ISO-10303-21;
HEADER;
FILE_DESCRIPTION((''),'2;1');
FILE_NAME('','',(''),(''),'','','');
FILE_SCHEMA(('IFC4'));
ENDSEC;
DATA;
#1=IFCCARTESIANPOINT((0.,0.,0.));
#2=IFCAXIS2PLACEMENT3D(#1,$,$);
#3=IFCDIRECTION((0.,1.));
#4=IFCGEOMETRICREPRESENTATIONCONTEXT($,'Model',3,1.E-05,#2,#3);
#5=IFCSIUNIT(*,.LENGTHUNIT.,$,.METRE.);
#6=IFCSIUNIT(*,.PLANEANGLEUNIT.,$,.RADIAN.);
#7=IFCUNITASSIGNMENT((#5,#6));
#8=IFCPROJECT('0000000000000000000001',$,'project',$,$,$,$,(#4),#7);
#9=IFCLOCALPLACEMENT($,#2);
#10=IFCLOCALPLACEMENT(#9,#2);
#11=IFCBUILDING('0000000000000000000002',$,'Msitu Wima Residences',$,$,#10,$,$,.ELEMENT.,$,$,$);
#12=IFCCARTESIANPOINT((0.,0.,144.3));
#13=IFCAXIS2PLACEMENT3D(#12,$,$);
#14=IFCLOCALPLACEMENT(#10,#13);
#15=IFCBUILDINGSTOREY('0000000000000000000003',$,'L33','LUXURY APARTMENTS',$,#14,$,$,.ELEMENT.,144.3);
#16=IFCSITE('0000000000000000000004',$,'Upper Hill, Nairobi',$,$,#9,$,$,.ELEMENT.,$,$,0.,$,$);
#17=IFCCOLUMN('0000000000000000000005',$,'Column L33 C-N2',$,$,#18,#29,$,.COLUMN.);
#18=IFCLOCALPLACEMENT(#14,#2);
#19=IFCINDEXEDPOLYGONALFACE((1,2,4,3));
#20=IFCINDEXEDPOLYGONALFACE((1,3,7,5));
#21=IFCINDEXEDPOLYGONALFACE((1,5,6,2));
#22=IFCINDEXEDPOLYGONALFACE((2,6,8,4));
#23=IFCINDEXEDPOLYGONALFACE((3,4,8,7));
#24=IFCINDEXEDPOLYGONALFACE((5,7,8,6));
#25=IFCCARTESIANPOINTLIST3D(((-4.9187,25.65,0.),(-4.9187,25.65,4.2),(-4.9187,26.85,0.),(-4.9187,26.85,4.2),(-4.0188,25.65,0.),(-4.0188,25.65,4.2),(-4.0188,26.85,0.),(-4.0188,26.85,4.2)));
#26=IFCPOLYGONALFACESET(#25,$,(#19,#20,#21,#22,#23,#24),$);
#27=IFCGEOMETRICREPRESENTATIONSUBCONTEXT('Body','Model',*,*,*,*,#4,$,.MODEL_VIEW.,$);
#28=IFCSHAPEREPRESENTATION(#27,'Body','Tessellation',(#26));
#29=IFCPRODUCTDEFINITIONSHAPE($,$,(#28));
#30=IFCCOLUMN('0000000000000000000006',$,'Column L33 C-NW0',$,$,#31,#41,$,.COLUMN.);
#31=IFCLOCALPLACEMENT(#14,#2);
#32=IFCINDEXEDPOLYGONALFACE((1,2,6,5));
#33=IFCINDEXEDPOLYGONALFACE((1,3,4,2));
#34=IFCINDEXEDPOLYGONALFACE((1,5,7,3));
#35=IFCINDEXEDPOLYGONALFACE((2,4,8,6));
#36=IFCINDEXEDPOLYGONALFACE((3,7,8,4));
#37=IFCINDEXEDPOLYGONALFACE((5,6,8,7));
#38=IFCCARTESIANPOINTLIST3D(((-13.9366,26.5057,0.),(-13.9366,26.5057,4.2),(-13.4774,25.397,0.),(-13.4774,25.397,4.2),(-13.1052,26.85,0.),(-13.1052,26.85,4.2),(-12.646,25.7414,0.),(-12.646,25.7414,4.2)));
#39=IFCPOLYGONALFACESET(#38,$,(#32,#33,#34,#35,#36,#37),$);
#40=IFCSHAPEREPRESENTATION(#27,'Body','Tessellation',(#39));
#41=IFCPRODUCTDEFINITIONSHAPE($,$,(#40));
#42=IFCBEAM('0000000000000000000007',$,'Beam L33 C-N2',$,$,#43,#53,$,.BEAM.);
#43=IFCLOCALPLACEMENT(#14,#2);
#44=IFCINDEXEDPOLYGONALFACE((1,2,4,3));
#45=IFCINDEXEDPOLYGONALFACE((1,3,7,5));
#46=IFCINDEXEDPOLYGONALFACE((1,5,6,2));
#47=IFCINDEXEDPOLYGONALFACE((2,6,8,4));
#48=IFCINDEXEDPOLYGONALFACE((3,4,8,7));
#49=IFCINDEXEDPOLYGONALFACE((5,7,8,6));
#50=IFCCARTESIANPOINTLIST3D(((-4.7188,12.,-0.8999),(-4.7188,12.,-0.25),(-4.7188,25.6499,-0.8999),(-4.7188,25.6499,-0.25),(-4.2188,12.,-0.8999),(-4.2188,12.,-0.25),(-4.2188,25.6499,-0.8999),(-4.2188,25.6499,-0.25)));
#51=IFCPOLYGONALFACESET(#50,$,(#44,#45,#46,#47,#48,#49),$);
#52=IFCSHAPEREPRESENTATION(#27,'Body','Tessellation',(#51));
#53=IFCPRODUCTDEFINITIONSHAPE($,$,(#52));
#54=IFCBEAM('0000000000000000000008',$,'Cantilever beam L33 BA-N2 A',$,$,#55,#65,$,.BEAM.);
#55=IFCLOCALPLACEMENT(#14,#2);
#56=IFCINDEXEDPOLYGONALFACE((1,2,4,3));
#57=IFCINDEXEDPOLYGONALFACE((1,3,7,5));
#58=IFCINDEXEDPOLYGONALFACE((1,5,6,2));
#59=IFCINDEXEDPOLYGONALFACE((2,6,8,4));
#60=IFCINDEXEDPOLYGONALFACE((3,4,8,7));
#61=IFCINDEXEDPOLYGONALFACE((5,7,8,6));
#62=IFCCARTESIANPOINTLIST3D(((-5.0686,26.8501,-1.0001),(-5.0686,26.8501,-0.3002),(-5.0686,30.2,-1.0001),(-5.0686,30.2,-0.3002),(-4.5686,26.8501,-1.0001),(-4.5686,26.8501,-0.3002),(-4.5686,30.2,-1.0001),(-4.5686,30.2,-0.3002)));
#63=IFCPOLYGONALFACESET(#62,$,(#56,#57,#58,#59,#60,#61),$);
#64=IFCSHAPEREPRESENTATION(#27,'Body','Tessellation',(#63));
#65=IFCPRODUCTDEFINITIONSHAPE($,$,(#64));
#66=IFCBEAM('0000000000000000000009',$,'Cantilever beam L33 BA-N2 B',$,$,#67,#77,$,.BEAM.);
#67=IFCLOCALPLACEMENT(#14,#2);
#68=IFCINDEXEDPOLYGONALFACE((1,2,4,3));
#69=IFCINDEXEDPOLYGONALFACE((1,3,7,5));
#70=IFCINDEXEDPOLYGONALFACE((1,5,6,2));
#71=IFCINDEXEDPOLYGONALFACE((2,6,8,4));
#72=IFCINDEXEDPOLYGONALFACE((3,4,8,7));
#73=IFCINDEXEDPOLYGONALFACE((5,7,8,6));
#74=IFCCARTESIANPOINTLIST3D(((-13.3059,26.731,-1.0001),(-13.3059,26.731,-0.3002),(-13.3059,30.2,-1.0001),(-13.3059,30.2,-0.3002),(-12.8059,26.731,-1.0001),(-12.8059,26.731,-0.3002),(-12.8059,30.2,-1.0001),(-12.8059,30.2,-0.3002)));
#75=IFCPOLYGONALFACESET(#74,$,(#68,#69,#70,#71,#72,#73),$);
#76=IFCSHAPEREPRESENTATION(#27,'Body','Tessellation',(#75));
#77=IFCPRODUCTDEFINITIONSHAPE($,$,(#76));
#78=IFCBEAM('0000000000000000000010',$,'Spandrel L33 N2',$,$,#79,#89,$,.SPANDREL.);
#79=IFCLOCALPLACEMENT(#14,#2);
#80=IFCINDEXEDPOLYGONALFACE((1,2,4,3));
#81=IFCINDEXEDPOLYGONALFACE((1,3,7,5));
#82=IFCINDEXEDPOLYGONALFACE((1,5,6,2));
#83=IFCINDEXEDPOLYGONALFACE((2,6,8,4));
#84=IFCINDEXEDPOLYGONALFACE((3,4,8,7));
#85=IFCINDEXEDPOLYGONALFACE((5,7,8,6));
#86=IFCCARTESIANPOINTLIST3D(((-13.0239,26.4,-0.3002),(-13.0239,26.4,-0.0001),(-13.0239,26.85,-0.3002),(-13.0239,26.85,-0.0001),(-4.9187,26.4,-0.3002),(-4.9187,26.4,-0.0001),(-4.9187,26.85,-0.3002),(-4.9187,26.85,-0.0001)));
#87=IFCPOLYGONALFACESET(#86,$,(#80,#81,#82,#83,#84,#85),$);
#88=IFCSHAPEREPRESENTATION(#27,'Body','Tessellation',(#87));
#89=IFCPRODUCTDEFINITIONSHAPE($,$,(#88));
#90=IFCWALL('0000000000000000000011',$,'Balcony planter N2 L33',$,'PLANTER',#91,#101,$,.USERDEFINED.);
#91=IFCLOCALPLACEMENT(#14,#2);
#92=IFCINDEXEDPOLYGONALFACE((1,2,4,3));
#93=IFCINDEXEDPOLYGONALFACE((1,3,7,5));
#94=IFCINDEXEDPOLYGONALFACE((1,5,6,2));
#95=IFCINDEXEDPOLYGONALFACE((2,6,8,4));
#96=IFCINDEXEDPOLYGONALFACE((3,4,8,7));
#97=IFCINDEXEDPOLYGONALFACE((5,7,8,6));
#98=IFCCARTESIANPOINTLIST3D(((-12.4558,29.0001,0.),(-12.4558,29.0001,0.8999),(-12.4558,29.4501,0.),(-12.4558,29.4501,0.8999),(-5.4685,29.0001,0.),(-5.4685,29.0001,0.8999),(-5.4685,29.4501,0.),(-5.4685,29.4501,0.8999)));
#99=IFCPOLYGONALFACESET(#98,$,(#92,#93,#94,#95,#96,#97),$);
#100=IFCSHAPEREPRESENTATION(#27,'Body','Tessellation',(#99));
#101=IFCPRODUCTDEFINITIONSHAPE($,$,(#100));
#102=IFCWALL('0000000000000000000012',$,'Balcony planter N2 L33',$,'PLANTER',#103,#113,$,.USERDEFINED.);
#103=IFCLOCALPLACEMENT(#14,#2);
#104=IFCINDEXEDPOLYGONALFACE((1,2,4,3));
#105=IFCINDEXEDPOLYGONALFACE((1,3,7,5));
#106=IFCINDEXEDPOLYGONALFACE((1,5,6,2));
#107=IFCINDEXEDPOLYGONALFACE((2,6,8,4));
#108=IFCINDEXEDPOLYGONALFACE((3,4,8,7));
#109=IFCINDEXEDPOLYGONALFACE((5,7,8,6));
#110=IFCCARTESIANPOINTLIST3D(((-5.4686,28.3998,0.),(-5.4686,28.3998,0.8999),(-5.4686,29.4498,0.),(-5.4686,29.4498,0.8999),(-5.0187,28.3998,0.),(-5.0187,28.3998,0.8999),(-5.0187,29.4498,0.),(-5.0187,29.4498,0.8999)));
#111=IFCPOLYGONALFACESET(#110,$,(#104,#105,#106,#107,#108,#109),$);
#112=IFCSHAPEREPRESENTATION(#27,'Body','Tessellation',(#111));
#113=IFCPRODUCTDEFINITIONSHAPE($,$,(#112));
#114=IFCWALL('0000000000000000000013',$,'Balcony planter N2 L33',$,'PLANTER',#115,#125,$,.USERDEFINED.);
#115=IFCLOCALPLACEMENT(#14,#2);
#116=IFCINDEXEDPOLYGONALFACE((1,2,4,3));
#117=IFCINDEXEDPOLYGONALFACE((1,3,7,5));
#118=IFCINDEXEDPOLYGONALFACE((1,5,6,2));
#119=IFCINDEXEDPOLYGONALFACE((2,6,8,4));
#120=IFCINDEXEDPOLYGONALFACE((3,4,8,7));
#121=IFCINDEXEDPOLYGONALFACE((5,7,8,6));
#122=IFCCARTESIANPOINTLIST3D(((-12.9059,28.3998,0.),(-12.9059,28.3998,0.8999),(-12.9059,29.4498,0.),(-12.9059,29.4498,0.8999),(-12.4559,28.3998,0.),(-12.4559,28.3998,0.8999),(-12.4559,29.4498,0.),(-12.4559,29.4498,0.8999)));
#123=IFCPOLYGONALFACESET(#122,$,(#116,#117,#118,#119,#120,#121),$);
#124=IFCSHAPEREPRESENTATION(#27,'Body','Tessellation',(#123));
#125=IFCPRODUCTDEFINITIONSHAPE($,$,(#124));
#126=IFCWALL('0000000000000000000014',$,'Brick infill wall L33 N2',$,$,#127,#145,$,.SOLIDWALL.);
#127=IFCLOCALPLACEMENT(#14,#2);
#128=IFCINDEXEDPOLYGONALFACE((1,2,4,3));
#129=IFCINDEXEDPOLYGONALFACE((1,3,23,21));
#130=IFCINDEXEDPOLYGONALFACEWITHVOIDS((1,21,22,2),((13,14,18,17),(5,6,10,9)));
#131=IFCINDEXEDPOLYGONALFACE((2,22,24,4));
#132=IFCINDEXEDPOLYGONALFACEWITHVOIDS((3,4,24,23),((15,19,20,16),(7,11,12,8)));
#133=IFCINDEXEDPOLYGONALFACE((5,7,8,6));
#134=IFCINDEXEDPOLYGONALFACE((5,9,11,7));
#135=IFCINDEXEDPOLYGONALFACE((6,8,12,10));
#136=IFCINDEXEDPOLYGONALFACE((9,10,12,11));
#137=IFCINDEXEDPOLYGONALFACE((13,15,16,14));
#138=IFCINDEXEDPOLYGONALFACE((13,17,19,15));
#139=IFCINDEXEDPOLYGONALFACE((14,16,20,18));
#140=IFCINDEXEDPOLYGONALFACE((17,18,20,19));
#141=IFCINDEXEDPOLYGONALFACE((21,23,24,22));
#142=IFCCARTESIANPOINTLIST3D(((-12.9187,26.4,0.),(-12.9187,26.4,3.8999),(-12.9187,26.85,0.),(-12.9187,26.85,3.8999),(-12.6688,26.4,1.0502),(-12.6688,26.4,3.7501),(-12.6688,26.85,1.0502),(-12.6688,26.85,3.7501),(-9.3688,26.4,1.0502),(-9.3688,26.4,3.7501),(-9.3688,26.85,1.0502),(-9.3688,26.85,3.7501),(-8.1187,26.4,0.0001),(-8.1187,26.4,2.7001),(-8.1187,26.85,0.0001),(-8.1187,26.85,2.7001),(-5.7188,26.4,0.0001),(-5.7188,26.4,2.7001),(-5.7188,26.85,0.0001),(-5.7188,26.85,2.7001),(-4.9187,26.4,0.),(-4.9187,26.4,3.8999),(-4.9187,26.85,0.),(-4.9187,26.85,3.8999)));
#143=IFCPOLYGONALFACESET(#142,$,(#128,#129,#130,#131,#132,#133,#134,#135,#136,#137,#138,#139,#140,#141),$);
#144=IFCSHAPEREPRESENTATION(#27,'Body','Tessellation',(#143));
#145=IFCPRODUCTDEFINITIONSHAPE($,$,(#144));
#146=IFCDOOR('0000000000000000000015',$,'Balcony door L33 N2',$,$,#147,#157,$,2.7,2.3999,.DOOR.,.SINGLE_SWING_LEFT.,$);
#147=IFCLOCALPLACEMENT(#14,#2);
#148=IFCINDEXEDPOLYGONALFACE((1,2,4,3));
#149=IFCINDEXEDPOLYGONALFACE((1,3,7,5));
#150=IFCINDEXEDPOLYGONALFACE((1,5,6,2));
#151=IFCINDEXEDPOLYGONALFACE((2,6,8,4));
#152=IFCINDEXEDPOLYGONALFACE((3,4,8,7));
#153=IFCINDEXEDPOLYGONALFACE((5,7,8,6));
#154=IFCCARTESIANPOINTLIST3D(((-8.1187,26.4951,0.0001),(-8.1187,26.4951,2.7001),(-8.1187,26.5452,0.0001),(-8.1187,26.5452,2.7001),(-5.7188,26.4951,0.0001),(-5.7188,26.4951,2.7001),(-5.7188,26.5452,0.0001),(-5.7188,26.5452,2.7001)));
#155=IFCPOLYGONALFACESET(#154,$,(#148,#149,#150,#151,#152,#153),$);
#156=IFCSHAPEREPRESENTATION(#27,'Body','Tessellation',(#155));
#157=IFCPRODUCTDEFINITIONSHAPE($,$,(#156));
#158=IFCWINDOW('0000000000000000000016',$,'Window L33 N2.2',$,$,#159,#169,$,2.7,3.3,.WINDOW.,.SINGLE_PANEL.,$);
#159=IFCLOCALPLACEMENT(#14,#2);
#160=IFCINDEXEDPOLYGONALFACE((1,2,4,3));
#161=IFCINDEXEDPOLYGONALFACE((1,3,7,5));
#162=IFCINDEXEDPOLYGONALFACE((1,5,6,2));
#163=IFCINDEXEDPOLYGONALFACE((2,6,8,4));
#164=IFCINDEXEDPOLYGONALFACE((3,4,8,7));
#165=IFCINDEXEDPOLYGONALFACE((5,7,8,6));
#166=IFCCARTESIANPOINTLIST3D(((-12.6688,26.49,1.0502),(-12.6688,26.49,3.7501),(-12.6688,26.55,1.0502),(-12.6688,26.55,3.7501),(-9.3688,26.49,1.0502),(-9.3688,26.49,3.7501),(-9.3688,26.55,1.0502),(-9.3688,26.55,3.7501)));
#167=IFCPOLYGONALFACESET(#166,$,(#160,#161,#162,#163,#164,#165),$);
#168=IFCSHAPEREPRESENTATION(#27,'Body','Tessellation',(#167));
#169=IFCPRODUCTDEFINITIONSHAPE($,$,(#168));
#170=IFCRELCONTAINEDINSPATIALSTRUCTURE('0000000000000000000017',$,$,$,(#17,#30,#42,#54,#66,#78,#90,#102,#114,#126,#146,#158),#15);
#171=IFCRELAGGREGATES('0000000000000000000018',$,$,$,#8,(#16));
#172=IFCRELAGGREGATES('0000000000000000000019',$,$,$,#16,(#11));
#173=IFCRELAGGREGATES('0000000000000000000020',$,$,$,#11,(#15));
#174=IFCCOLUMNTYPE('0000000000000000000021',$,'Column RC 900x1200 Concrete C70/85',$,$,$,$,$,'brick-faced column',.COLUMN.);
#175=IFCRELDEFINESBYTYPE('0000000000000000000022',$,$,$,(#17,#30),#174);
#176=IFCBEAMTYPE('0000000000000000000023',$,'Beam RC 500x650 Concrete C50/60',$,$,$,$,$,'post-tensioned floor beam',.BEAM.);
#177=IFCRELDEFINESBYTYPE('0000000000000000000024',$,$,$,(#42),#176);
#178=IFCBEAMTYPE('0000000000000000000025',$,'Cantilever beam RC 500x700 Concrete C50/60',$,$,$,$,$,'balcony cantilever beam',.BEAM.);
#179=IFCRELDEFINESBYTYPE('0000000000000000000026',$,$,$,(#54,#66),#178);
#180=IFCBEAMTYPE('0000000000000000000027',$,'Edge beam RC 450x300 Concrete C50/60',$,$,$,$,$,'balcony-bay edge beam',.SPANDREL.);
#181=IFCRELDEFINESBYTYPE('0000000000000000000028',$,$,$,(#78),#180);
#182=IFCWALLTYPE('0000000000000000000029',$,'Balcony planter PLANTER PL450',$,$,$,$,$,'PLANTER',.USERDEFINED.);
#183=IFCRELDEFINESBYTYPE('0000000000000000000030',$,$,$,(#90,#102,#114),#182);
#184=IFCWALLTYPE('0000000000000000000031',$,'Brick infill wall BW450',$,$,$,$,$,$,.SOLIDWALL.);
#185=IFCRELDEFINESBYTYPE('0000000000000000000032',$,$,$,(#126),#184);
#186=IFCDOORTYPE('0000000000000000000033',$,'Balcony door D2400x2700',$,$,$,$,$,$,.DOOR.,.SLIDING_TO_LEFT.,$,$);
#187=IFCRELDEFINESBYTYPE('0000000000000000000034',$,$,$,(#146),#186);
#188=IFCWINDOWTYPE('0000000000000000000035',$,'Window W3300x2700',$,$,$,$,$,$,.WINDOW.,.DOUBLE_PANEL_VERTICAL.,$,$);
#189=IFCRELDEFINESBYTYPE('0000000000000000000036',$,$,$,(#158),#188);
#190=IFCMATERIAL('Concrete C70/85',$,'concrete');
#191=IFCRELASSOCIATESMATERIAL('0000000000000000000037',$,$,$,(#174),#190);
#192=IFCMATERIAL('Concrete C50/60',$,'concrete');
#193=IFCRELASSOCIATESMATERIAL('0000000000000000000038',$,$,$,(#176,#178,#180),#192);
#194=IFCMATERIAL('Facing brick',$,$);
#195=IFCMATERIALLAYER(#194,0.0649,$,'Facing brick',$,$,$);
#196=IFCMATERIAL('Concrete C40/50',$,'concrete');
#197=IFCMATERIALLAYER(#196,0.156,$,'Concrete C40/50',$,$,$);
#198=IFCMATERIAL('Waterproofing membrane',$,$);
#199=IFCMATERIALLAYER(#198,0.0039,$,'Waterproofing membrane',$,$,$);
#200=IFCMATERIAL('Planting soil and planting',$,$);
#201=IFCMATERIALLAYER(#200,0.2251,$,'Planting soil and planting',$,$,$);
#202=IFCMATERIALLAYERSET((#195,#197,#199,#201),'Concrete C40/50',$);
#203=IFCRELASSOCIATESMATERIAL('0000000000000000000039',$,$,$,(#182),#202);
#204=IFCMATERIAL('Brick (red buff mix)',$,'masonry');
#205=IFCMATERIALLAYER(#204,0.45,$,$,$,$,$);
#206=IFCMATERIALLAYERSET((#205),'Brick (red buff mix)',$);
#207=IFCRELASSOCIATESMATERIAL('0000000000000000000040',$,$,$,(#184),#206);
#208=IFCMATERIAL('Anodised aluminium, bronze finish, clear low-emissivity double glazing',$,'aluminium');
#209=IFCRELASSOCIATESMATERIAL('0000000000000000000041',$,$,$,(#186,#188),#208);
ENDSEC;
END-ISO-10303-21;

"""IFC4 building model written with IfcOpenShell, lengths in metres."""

from ifc_helpers import new_model, si_unit, direction, frame, frame_2d, origin, origin_2d, place, context, subcontext, project, spatial, rectangle, extrude, material, layer, layer_set, material_profile, profile_set, type_object, element, fill, save


model = new_model("IFC4")

# Units and contexts
model_context = context("Model", 3, precision=1e-05, world=origin(), true_north=direction((0.0, 1.0)))
body_context = subcontext(model_context, "Body", "Model", "MODEL_VIEW")
ifc_project = project(units=[si_unit("LENGTHUNIT", "METRE"), si_unit("PLANEANGLEUNIT", "RADIAN")], contexts=[model_context])

# Site, building, storey
site_placement = place(None, origin())
site = spatial("IfcSite", under=ifc_project, at=site_placement, Name="Upper Hill, Nairobi", CompositionType="ELEMENT", RefElevation=0.0)
building_placement = place(site_placement, origin())
building = spatial("IfcBuilding", under=site, at=building_placement, Name="Msitu Wima Residences", CompositionType="ELEMENT")
storey_placement = place(building_placement, frame((0.0, 0.0, 144.3)))
storey = spatial("IfcBuildingStorey", under=building, at=storey_placement, Name="L33", Description="LUXURY APARTMENTS", CompositionType="ELEMENT", Elevation=144.3)

# Columns
ifc_material_1 = material(Name="Concrete C70/85", Category="concrete")
ifc_material_profile_1 = material_profile(ifc_material_1, rectangle(XDim=0.8999, YDim=1.2, at=origin_2d()), Name="RC 900x1200")
ifc_profile_set_1 = profile_set([ifc_material_profile_1], Name="Concrete C70/85")
column_type = type_object("IfcColumnType", Name="Column RC 900x1200 Concrete C70/85", ElementType="brick-faced column", PredefinedType="COLUMN", material=ifc_profile_set_1)
for number, where, z_axis, x_axis, name in (
    (1, (-4.4688, 26.25, 0.0), (0.0, 0.0, 1.0), (-1.0, 0.0, 0.0), "Column L33 C-N2"),
    (2, (-13.2913, 26.1235, 0.0), (0.0, 0.0, 1.0), (-0.92388, -0.382683, 0.0), "Column L33 C-NW0"),
):
    element("IfcColumn", number, at=place(storey_placement, frame(where, z_axis=z_axis, x_axis=x_axis)), inside=storey, type_object=column_type, Name=name, PredefinedType="COLUMN", context=body_context, shape_type="SweptSolid", body=[
        extrude(rectangle(XDim=0.8999, YDim=1.2, at=origin_2d()), origin(), (0.0, 0.0, 1.0), 4.2),
    ])

# Beams
ifc_material_2 = material(Name="Concrete C50/60", Category="concrete")
ifc_material_profile_2 = material_profile(ifc_material_2, rectangle(XDim=0.5, YDim=0.6499, at=origin_2d()), Name="RC 500x650")
ifc_profile_set_2 = profile_set([ifc_material_profile_2], Name="Concrete C50/60")
beam_type_1 = type_object("IfcBeamType", Name="Beam RC 500x650 Concrete C50/60", ElementType="post-tensioned floor beam", PredefinedType="BEAM", material=ifc_profile_set_2)
beam_1_placement = place(storey_placement, frame((-4.4688, 25.6499, -0.575), z_axis=(0.0, -1.0, 0.0), x_axis=(1.0, 0.0, 0.0)))
element("IfcBeam", 3, at=beam_1_placement, inside=storey, type_object=beam_type_1, Name="Beam L33 C-N2", PredefinedType="BEAM", context=body_context, shape_type="SweptSolid", body=[
    extrude(rectangle(XDim=0.5, YDim=0.6499, at=origin_2d()), origin(), (0.0, 0.0, 1.0), 13.6499),
])
ifc_material_profile_3 = material_profile(ifc_material_2, rectangle(XDim=0.5, YDim=0.7, at=origin_2d()), Name="RC 500x700")
ifc_profile_set_3 = profile_set([ifc_material_profile_3], Name="Concrete C50/60")
beam_type_2 = type_object("IfcBeamType", Name="Cantilever beam RC 500x700 Concrete C50/60", ElementType="balcony cantilever beam", PredefinedType="BEAM", material=ifc_profile_set_3)
beam_2_placement = place(storey_placement, frame((-4.8186, 26.8501, -0.6501), z_axis=(0.0, 1.0, 0.0), x_axis=(-1.0, 0.0, 0.0)))
element("IfcBeam", 4, at=beam_2_placement, inside=storey, type_object=beam_type_2, Name="Cantilever beam L33 BA-N2 A", PredefinedType="BEAM", context=body_context, shape_type="SweptSolid", body=[
    extrude(rectangle(XDim=0.5, YDim=0.7, at=origin_2d()), origin(), (0.0, 0.0, 1.0), 3.3499),
])
beam_3_placement = place(storey_placement, frame((-13.0559, 26.731, -0.6501), z_axis=(0.0, 1.0, 0.0), x_axis=(-1.0, 0.0, 0.0)))
element("IfcBeam", 5, at=beam_3_placement, inside=storey, type_object=beam_type_2, Name="Cantilever beam L33 BA-N2 B", PredefinedType="BEAM", context=body_context, shape_type="SweptSolid", body=[
    extrude(rectangle(XDim=0.5, YDim=0.7, at=origin_2d()), origin(), (0.0, 0.0, 1.0), 3.469),
])
ifc_material_profile_4 = material_profile(ifc_material_2, rectangle(XDim=0.45, YDim=0.3, at=origin_2d()), Name="RC 450x300")
ifc_profile_set_4 = profile_set([ifc_material_profile_4], Name="Concrete C50/60")
beam_type_3 = type_object("IfcBeamType", Name="Edge beam RC 450x300 Concrete C50/60", ElementType="balcony-bay edge beam", PredefinedType="SPANDREL", material=ifc_profile_set_4)
beam_4_placement = place(storey_placement, frame((-4.9187, 26.625, -0.1501), z_axis=(-1.0, 0.0, 0.0), x_axis=(0.0, -1.0, 0.0)))
element("IfcBeam", 6, at=beam_4_placement, inside=storey, type_object=beam_type_3, Name="Spandrel L33 N2", PredefinedType="SPANDREL", context=body_context, shape_type="SweptSolid", body=[
    extrude(rectangle(XDim=0.45, YDim=0.3, at=origin_2d()), origin(), (0.0, 0.0, 1.0), 8.1052),
])

# Walls
ifc_material_3 = material(Name="Facing brick")
ifc_layer_1 = layer(ifc_material_3, 0.0649, Name="Facing brick")
ifc_material_4 = material(Name="Concrete C40/50", Category="concrete")
ifc_layer_2 = layer(ifc_material_4, 0.156, Name="Concrete C40/50")
ifc_material_5 = material(Name="Waterproofing membrane")
ifc_layer_3 = layer(ifc_material_5, 0.0039, Name="Waterproofing membrane")
ifc_material_6 = material(Name="Planting soil and planting")
ifc_layer_4 = layer(ifc_material_6, 0.2251, Name="Planting soil and planting")
ifc_layer_set_1 = layer_set([ifc_layer_1, ifc_layer_2, ifc_layer_3, ifc_layer_4], Name="Concrete C40/50")
wall_type_1 = type_object("IfcWallType", Name="Balcony planter PLANTER PL450", ElementType="PLANTER", PredefinedType="USERDEFINED", material=ifc_layer_set_1)
wall_1_placement = place(storey_placement, frame((-5.4685, 29.2251, 0.0), z_axis=(0.0, 0.0, 1.0), x_axis=(-1.0, 0.0, 0.0)))
element("IfcWall", 7, at=wall_1_placement, inside=storey, type_object=wall_type_1, Name="Balcony planter N2 L33", ObjectType="PLANTER", PredefinedType="USERDEFINED", context=body_context, shape_type="SweptSolid", body=[
    extrude(rectangle(XDim=6.9873, YDim=0.45, at=frame_2d((3.4937, 0.0))), origin(), (0.0, 0.0, 1.0), 0.8999),
])
for number, where, z_axis, x_axis, name in (
    (8, (-5.2437, 28.3999, 0.0), (0.0, 0.0, 1.0), (0.0, 1.0, 0.0), "Balcony planter N2 L33"),
    (9, (-12.6809, 28.3999, 0.0), (0.0, 0.0, 1.0), (0.0, 1.0, 0.0), "Balcony planter N2 L33"),
):
    element("IfcWall", number, at=place(storey_placement, frame(where, z_axis=z_axis, x_axis=x_axis)), inside=storey, type_object=wall_type_1, Name=name, ObjectType="PLANTER", PredefinedType="USERDEFINED", context=body_context, shape_type="SweptSolid", body=[
        extrude(rectangle(XDim=1.05, YDim=0.45, at=frame_2d((0.5249, 0.0))), origin(), (0.0, 0.0, 1.0), 0.8999),
    ])

# Wall, openings, door, window
ifc_material_7 = material(Name="Brick (red buff mix)", Category="masonry")
ifc_layer_5 = layer(ifc_material_7, 0.45)
ifc_layer_set_2 = layer_set([ifc_layer_5], Name="Brick (red buff mix)")
wall_type_2 = type_object("IfcWallType", Name="Brick infill wall BW450", PredefinedType="SOLIDWALL", material=ifc_layer_set_2)
wall_2_placement = place(storey_placement, frame((-4.9187, 26.625, 0.0), z_axis=(0.0, 0.0, 1.0), x_axis=(-1.0, 0.0, 0.0)))
wall_2 = element("IfcWall", 10, at=wall_2_placement, inside=storey, type_object=wall_type_2, Name="Brick infill wall L33 N2", PredefinedType="SOLIDWALL", context=body_context, shape_type="SweptSolid", body=[
    extrude(rectangle(XDim=8.0, YDim=0.45, at=frame_2d((4.0, 0.0))), origin(), (0.0, 0.0, 1.0), 3.8999),
])
opening_1_placement = place(wall_2_placement, frame((0.8, 0.0, 0.0)))
opening_1 = element("IfcOpeningElement", 11, at=opening_1_placement, cuts=wall_2, PredefinedType="OPENING", context=body_context, shape_type="SweptSolid", body=[
    extrude(rectangle(XDim=2.3999, YDim=2.7, at=frame_2d((1.2, 1.3501))), frame((0.0, 0.2349, 0.0), z_axis=(0.0, -1.0, 0.0), x_axis=(1.0, 0.0, 0.0)), (0.0, 0.0, 1.0), 0.47),
])
opening_2_placement = place(wall_2_placement, frame((4.4502, 0.0, 1.05)))
opening_2 = element("IfcOpeningElement", 12, at=opening_2_placement, cuts=wall_2, PredefinedType="OPENING", context=body_context, shape_type="SweptSolid", body=[
    extrude(rectangle(XDim=3.3, YDim=2.7, at=frame_2d((1.6499, 1.3501))), frame((0.0, 0.2349, 0.0), z_axis=(0.0, -1.0, 0.0), x_axis=(1.0, 0.0, 0.0)), (0.0, 0.0, 1.0), 0.47),
])
ifc_material_8 = material(Name="Anodised aluminium, bronze finish, clear low-emissivity double glazing", Category="aluminium")
door_type_1 = type_object("IfcDoorType", Name="Balcony door D2400x2700", OperationType="SLIDING_TO_LEFT", PredefinedType="DOOR", material=ifc_material_8)
door_1_placement = place(opening_1_placement, origin())
door_1 = element("IfcDoor", 13, at=door_1_placement, inside=storey, type_object=door_type_1, Name="Balcony door L33 N2", OperationType="SINGLE_SWING_LEFT", OverallHeight=2.7, OverallWidth=2.3999, PredefinedType="DOOR", context=body_context, shape_type="SweptSolid", body=[
    extrude(rectangle(XDim=2.3999, YDim=2.7, at=frame_2d((1.2, 1.3501))), frame((0.0, 0.1299, 0.0), z_axis=(0.0, -1.0, 0.0), x_axis=(1.0, 0.0, 0.0)), (0.0, 0.0, 1.0), 0.05),
])
fill(opening_1, door_1)
window_type = type_object("IfcWindowType", Name="Window W3300x2700", PartitioningType="DOUBLE_PANEL_VERTICAL", PredefinedType="WINDOW", material=ifc_material_8)
window_placement = place(opening_2_placement, origin())
window = element("IfcWindow", 14, at=window_placement, inside=storey, type_object=window_type, Name="Window L33 N2.2", OverallHeight=2.7, OverallWidth=3.3, PartitioningType="SINGLE_PANEL", PredefinedType="WINDOW", context=body_context, shape_type="SweptSolid", body=[
    extrude(rectangle(XDim=3.3, YDim=2.7, at=frame_2d((1.6499, 1.3501))), frame((0.0, 0.135, 0.0), z_axis=(0.0, -1.0, 0.0), x_axis=(1.0, 0.0, 0.0)), (0.0, 0.0, 1.0), 0.0601),
])
fill(opening_2, window)

save(model, "model.ifc")
